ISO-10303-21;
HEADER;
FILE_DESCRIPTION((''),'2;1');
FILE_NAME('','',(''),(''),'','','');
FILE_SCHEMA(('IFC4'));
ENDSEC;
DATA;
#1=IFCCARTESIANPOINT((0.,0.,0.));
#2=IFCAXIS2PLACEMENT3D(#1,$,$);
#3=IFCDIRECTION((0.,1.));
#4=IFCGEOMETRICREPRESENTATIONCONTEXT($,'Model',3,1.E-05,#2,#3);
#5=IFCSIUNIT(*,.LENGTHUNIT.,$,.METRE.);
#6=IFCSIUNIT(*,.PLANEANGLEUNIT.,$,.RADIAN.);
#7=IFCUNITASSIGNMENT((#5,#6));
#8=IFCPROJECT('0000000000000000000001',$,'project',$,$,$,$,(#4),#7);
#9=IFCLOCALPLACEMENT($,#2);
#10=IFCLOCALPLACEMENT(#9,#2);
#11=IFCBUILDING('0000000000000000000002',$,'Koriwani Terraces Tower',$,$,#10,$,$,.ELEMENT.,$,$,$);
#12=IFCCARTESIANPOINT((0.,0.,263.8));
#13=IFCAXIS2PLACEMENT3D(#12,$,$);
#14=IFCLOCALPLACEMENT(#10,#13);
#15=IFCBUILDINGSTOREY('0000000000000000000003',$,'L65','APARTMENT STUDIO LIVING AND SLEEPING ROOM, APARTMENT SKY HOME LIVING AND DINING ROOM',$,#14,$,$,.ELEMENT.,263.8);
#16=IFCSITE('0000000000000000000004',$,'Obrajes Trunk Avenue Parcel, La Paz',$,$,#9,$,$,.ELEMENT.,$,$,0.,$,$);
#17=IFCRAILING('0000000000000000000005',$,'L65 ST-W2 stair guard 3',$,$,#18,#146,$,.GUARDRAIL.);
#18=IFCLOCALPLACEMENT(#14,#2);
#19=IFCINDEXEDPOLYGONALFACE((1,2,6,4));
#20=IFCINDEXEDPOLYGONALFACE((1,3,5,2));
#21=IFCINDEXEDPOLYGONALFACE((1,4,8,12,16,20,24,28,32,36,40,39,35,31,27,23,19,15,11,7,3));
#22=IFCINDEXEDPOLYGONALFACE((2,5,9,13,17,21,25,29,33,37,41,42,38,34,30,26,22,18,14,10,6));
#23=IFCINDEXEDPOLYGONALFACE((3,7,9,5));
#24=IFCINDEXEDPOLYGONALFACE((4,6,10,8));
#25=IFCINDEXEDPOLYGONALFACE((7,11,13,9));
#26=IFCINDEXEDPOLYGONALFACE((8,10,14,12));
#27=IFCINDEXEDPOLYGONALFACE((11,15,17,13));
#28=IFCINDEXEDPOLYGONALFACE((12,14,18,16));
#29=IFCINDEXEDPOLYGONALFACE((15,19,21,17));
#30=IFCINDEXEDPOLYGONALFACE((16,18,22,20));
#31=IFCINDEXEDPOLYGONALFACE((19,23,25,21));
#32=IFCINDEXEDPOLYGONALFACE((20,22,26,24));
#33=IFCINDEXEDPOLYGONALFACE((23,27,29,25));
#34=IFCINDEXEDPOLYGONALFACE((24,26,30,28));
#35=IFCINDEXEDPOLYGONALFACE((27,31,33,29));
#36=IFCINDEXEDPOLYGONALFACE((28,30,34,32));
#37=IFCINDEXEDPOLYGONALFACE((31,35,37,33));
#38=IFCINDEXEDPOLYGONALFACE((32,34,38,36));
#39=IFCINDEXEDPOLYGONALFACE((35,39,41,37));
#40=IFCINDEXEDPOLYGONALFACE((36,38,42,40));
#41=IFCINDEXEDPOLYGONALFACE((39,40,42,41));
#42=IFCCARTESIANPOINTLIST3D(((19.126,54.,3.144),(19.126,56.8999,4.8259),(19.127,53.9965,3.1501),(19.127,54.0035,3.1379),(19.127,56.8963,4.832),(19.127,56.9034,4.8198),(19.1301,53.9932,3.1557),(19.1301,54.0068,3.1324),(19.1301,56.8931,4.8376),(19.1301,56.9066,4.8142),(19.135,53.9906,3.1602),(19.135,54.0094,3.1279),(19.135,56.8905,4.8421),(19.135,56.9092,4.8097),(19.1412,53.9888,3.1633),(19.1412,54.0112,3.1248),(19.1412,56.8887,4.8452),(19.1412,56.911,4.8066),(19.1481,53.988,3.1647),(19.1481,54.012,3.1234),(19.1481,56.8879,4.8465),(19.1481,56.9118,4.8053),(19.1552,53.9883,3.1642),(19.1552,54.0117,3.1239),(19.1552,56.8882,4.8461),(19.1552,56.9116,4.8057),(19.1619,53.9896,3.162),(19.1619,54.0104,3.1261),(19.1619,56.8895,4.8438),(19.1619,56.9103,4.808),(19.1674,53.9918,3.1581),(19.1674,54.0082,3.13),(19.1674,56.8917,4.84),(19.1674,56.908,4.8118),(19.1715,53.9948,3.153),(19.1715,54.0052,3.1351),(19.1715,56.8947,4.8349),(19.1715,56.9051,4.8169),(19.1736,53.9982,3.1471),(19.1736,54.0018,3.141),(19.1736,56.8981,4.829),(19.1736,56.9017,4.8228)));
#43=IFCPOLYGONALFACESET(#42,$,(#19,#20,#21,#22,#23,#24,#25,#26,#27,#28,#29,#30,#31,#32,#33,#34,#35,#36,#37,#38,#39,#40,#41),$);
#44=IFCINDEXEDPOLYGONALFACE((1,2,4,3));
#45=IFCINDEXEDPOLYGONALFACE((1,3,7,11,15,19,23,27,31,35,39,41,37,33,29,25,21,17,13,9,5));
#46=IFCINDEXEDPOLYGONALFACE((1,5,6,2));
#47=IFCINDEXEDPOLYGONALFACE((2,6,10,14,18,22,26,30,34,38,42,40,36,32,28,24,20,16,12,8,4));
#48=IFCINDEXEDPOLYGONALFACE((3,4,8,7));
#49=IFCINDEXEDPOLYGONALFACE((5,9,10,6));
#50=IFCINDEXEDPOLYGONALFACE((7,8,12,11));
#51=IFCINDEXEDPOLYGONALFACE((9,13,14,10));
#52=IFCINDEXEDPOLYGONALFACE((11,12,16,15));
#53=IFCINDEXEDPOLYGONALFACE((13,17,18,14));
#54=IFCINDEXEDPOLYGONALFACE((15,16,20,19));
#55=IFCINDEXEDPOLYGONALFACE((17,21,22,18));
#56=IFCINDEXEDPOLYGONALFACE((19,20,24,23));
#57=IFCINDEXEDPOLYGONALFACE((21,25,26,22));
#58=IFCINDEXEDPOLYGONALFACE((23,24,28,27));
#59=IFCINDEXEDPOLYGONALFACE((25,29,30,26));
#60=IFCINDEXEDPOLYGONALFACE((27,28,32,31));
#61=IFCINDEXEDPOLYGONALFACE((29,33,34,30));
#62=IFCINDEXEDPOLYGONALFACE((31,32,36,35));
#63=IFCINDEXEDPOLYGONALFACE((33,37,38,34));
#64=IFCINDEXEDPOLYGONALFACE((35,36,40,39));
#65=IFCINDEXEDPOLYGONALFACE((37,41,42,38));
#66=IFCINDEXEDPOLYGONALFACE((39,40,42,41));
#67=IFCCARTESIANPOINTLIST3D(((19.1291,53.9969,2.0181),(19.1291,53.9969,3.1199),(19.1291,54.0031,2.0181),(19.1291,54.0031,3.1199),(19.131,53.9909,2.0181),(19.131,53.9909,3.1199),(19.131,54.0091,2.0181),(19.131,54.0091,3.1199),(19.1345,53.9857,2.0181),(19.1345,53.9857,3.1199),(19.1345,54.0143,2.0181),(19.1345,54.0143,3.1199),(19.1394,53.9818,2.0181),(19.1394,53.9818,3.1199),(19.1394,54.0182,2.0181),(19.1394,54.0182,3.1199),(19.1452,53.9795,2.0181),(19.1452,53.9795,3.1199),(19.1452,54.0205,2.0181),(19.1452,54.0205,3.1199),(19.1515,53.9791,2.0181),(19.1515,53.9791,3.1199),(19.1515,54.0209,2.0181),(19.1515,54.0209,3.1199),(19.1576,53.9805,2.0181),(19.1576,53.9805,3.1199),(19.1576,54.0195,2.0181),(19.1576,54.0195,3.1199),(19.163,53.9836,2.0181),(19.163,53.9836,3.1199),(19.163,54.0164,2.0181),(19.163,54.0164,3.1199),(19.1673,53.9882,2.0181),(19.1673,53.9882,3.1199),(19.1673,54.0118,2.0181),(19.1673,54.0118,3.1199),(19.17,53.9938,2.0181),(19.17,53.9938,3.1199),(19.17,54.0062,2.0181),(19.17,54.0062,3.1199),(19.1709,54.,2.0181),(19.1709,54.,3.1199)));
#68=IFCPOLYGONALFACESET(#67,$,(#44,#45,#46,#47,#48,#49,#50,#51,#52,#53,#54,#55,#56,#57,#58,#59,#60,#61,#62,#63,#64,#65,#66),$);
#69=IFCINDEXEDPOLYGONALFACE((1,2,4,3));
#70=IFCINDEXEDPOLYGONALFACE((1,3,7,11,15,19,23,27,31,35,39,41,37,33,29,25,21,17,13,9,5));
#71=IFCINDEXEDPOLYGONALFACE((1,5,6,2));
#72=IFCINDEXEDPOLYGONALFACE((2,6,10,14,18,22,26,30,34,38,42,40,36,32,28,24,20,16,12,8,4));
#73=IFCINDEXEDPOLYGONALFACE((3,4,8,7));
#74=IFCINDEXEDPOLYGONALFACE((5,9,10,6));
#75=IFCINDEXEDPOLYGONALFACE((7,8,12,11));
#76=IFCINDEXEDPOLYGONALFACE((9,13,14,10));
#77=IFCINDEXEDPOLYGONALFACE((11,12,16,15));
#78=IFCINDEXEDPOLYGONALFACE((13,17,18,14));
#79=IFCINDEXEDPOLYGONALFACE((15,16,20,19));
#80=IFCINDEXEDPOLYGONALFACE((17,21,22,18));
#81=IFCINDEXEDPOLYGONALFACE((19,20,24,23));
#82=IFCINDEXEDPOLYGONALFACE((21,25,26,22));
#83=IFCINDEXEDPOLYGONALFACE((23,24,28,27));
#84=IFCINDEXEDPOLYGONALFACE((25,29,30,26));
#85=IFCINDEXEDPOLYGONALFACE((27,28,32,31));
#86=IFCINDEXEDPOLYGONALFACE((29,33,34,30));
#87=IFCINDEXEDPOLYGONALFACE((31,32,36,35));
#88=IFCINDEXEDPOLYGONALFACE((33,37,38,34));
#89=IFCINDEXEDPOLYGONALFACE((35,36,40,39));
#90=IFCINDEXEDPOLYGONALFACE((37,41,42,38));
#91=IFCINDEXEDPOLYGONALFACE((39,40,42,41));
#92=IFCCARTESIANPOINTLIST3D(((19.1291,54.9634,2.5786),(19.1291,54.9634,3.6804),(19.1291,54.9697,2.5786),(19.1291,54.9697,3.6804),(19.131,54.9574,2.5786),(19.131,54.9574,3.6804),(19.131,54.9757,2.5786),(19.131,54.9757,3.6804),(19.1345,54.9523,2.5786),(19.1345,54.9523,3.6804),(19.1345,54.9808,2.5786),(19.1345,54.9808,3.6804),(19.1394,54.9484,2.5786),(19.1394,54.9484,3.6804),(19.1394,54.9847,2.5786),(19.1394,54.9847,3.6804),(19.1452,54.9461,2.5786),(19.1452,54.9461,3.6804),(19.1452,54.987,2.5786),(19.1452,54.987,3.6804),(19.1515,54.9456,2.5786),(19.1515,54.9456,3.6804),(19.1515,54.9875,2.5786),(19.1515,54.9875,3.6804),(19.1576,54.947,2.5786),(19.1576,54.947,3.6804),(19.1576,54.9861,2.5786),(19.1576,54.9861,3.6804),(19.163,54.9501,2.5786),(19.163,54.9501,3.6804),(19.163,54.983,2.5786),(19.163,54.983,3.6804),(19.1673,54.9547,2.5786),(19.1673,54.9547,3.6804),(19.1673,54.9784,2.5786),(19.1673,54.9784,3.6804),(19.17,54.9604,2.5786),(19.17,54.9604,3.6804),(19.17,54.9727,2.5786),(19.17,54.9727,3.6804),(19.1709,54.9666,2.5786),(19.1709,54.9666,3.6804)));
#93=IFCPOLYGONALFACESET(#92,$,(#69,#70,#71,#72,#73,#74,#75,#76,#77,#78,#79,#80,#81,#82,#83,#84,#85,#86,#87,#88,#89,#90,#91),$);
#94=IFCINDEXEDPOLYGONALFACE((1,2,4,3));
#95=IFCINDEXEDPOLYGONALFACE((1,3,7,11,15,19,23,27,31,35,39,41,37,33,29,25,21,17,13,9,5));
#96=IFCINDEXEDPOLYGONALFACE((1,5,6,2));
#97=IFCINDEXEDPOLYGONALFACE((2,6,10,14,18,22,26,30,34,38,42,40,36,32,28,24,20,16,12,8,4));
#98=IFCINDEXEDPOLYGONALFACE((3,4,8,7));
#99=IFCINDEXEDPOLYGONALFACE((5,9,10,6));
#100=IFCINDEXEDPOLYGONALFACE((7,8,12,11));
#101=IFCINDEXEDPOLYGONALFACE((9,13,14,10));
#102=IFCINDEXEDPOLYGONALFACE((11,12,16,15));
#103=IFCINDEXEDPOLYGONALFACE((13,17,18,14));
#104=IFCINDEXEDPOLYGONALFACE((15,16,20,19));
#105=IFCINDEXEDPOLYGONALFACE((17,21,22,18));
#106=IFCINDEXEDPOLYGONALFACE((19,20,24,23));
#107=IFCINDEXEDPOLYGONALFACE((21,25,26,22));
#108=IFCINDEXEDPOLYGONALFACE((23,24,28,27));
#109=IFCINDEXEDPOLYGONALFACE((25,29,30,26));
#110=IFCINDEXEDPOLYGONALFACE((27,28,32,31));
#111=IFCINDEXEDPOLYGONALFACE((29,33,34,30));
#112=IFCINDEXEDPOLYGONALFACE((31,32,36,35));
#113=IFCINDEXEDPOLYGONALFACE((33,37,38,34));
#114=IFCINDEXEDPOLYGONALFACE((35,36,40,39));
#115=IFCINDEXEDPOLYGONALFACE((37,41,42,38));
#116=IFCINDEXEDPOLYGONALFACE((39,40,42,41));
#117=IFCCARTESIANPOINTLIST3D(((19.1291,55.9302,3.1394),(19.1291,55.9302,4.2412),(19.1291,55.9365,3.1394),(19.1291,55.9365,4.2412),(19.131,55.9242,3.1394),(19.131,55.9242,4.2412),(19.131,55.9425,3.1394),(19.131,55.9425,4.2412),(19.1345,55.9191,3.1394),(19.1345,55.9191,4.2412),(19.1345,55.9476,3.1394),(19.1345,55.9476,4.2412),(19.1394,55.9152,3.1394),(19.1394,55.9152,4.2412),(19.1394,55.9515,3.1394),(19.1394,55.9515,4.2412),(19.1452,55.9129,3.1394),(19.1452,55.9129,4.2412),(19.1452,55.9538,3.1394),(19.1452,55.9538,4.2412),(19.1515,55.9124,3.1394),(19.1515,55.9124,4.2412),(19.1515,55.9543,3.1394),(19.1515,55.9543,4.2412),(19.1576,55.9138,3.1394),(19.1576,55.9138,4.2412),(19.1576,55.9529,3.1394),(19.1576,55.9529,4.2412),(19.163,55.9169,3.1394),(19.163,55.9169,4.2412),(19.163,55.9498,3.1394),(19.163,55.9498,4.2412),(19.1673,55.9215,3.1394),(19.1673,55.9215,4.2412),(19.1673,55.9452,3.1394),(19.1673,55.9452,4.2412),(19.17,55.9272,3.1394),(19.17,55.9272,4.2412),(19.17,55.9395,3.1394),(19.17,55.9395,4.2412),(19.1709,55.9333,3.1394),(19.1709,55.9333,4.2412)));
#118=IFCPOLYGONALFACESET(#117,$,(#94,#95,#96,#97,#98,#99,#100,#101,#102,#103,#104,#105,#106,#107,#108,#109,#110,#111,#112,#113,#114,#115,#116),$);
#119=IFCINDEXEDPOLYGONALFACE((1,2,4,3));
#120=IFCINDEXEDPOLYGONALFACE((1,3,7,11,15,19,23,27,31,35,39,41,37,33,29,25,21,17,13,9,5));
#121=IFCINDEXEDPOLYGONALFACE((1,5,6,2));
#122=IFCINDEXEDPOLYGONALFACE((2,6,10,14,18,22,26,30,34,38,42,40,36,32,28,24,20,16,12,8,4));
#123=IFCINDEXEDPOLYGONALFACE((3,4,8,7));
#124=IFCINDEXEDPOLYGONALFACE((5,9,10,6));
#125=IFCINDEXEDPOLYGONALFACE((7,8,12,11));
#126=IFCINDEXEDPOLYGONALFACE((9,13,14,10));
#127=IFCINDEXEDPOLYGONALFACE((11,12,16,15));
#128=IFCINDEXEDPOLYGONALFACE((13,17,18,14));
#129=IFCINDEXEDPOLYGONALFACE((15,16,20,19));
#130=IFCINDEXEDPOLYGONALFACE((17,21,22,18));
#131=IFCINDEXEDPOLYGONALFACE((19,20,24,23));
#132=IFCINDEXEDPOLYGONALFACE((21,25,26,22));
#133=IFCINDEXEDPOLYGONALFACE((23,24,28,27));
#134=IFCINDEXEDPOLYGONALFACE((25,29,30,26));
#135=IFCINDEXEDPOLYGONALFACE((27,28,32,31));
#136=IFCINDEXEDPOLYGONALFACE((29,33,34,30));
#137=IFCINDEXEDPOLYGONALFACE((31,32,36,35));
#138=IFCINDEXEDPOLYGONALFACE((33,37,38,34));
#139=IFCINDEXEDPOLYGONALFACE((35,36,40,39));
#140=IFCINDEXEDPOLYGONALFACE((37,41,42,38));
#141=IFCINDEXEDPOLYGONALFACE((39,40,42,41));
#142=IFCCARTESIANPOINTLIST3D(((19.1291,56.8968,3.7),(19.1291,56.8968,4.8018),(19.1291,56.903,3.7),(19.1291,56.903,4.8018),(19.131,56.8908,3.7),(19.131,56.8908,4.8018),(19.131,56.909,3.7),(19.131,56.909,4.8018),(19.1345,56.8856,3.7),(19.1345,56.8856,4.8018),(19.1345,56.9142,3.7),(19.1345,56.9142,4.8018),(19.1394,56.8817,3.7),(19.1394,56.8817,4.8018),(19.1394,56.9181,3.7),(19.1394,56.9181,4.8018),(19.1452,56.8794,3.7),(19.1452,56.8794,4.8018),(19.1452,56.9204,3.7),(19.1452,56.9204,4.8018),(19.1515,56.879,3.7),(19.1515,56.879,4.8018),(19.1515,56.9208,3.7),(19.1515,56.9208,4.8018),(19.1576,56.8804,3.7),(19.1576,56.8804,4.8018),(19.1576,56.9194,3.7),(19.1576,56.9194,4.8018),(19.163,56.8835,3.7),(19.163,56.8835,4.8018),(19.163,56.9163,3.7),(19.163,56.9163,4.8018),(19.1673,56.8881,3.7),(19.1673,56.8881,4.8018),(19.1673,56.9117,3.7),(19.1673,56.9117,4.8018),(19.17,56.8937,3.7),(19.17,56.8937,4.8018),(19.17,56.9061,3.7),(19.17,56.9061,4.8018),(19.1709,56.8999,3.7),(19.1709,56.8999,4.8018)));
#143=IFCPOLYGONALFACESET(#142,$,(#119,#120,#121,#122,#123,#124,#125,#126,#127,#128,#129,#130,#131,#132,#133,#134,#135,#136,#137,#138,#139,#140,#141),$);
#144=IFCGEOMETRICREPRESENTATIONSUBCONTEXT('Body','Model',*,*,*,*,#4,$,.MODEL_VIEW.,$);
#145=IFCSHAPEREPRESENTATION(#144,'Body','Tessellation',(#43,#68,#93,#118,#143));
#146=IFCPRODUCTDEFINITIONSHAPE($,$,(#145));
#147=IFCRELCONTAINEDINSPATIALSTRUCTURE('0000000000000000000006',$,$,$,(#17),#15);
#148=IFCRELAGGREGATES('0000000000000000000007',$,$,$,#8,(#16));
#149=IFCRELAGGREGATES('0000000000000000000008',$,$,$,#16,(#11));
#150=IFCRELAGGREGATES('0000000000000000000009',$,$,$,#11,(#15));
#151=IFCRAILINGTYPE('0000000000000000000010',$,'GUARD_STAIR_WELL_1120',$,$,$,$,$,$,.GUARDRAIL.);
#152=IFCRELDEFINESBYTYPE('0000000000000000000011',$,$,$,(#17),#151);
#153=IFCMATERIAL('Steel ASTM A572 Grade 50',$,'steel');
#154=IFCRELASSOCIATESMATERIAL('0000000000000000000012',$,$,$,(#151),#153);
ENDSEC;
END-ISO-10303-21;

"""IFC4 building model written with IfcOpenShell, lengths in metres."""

from ifc_helpers import new_model, si_unit, direction, frame, origin, origin_2d, place, context, subcontext, project, spatial, circle, extrude, material, type_object, element, save


model = new_model("IFC4")

# Units and contexts
model_context = context("Model", 3, precision=1e-05, world=origin(), true_north=direction((0.0, 1.0)))
body_context = subcontext(model_context, "Body", "Model", "MODEL_VIEW")
ifc_project = project(units=[si_unit("LENGTHUNIT", "METRE"), si_unit("PLANEANGLEUNIT", "RADIAN")], contexts=[model_context])

# Site, building, storey
site_placement = place(None, origin())
site = spatial("IfcSite", under=ifc_project, at=site_placement, Name="Obrajes Trunk Avenue Parcel, La Paz", CompositionType="ELEMENT", RefElevation=0.0)
building_placement = place(site_placement, origin())
building = spatial("IfcBuilding", under=site, at=building_placement, Name="Koriwani Terraces Tower", CompositionType="ELEMENT")
storey_placement = place(building_placement, frame((0.0, 0.0, 263.8)))
storey = spatial("IfcBuildingStorey", under=building, at=storey_placement, Name="L65", Description="APARTMENT STUDIO LIVING AND SLEEPING ROOM, APARTMENT SKY HOME LIVING AND DINING ROOM", CompositionType="ELEMENT", Elevation=263.8)

# Shared definitions
ifc_material_1 = material(Name="Steel ASTM A572 Grade 50", Category="steel")

# Railing
railing_type_1 = type_object("IfcRailingType", Name="GUARD_STAIR_WELL_1120", PredefinedType="GUARDRAIL", material=ifc_material_1)
railing_1_placement = place(storey_placement, frame((19.1499, 54.0, 2.0181)))
element("IfcRailing", 1, at=railing_1_placement, inside=storey, type_object=railing_type_1, Name="L65 ST-W2 stair guard 3", PredefinedType="GUARDRAIL", context=body_context, shape_type="SweptSolid", body=[
    extrude(circle(Radius=0.0239, at=origin_2d()), frame((0.0, 0.0, 1.126), z_axis=(0.0, 0.865039, 0.501705), x_axis=(-1.0, 0.0, 0.0)), (0.0, 0.0, 1.0), 3.3523),
    extrude(circle(Radius=0.021, at=origin_2d()), origin(), (0.0, 0.0, 1.0), 1.1018),
    extrude(circle(Radius=0.021, at=origin_2d()), frame((0.0, 0.9666, 0.5605)), (0.0, 0.0, 1.0), 1.1018),
    extrude(circle(Radius=0.021, at=origin_2d()), frame((0.0, 1.9333, 1.1213)), (0.0, 0.0, 1.0), 1.1018),
    extrude(circle(Radius=0.021, at=origin_2d()), frame((0.0, 2.8999, 1.6819)), (0.0, 0.0, 1.0), 1.1018),
])

save(model, "model.ifc")
